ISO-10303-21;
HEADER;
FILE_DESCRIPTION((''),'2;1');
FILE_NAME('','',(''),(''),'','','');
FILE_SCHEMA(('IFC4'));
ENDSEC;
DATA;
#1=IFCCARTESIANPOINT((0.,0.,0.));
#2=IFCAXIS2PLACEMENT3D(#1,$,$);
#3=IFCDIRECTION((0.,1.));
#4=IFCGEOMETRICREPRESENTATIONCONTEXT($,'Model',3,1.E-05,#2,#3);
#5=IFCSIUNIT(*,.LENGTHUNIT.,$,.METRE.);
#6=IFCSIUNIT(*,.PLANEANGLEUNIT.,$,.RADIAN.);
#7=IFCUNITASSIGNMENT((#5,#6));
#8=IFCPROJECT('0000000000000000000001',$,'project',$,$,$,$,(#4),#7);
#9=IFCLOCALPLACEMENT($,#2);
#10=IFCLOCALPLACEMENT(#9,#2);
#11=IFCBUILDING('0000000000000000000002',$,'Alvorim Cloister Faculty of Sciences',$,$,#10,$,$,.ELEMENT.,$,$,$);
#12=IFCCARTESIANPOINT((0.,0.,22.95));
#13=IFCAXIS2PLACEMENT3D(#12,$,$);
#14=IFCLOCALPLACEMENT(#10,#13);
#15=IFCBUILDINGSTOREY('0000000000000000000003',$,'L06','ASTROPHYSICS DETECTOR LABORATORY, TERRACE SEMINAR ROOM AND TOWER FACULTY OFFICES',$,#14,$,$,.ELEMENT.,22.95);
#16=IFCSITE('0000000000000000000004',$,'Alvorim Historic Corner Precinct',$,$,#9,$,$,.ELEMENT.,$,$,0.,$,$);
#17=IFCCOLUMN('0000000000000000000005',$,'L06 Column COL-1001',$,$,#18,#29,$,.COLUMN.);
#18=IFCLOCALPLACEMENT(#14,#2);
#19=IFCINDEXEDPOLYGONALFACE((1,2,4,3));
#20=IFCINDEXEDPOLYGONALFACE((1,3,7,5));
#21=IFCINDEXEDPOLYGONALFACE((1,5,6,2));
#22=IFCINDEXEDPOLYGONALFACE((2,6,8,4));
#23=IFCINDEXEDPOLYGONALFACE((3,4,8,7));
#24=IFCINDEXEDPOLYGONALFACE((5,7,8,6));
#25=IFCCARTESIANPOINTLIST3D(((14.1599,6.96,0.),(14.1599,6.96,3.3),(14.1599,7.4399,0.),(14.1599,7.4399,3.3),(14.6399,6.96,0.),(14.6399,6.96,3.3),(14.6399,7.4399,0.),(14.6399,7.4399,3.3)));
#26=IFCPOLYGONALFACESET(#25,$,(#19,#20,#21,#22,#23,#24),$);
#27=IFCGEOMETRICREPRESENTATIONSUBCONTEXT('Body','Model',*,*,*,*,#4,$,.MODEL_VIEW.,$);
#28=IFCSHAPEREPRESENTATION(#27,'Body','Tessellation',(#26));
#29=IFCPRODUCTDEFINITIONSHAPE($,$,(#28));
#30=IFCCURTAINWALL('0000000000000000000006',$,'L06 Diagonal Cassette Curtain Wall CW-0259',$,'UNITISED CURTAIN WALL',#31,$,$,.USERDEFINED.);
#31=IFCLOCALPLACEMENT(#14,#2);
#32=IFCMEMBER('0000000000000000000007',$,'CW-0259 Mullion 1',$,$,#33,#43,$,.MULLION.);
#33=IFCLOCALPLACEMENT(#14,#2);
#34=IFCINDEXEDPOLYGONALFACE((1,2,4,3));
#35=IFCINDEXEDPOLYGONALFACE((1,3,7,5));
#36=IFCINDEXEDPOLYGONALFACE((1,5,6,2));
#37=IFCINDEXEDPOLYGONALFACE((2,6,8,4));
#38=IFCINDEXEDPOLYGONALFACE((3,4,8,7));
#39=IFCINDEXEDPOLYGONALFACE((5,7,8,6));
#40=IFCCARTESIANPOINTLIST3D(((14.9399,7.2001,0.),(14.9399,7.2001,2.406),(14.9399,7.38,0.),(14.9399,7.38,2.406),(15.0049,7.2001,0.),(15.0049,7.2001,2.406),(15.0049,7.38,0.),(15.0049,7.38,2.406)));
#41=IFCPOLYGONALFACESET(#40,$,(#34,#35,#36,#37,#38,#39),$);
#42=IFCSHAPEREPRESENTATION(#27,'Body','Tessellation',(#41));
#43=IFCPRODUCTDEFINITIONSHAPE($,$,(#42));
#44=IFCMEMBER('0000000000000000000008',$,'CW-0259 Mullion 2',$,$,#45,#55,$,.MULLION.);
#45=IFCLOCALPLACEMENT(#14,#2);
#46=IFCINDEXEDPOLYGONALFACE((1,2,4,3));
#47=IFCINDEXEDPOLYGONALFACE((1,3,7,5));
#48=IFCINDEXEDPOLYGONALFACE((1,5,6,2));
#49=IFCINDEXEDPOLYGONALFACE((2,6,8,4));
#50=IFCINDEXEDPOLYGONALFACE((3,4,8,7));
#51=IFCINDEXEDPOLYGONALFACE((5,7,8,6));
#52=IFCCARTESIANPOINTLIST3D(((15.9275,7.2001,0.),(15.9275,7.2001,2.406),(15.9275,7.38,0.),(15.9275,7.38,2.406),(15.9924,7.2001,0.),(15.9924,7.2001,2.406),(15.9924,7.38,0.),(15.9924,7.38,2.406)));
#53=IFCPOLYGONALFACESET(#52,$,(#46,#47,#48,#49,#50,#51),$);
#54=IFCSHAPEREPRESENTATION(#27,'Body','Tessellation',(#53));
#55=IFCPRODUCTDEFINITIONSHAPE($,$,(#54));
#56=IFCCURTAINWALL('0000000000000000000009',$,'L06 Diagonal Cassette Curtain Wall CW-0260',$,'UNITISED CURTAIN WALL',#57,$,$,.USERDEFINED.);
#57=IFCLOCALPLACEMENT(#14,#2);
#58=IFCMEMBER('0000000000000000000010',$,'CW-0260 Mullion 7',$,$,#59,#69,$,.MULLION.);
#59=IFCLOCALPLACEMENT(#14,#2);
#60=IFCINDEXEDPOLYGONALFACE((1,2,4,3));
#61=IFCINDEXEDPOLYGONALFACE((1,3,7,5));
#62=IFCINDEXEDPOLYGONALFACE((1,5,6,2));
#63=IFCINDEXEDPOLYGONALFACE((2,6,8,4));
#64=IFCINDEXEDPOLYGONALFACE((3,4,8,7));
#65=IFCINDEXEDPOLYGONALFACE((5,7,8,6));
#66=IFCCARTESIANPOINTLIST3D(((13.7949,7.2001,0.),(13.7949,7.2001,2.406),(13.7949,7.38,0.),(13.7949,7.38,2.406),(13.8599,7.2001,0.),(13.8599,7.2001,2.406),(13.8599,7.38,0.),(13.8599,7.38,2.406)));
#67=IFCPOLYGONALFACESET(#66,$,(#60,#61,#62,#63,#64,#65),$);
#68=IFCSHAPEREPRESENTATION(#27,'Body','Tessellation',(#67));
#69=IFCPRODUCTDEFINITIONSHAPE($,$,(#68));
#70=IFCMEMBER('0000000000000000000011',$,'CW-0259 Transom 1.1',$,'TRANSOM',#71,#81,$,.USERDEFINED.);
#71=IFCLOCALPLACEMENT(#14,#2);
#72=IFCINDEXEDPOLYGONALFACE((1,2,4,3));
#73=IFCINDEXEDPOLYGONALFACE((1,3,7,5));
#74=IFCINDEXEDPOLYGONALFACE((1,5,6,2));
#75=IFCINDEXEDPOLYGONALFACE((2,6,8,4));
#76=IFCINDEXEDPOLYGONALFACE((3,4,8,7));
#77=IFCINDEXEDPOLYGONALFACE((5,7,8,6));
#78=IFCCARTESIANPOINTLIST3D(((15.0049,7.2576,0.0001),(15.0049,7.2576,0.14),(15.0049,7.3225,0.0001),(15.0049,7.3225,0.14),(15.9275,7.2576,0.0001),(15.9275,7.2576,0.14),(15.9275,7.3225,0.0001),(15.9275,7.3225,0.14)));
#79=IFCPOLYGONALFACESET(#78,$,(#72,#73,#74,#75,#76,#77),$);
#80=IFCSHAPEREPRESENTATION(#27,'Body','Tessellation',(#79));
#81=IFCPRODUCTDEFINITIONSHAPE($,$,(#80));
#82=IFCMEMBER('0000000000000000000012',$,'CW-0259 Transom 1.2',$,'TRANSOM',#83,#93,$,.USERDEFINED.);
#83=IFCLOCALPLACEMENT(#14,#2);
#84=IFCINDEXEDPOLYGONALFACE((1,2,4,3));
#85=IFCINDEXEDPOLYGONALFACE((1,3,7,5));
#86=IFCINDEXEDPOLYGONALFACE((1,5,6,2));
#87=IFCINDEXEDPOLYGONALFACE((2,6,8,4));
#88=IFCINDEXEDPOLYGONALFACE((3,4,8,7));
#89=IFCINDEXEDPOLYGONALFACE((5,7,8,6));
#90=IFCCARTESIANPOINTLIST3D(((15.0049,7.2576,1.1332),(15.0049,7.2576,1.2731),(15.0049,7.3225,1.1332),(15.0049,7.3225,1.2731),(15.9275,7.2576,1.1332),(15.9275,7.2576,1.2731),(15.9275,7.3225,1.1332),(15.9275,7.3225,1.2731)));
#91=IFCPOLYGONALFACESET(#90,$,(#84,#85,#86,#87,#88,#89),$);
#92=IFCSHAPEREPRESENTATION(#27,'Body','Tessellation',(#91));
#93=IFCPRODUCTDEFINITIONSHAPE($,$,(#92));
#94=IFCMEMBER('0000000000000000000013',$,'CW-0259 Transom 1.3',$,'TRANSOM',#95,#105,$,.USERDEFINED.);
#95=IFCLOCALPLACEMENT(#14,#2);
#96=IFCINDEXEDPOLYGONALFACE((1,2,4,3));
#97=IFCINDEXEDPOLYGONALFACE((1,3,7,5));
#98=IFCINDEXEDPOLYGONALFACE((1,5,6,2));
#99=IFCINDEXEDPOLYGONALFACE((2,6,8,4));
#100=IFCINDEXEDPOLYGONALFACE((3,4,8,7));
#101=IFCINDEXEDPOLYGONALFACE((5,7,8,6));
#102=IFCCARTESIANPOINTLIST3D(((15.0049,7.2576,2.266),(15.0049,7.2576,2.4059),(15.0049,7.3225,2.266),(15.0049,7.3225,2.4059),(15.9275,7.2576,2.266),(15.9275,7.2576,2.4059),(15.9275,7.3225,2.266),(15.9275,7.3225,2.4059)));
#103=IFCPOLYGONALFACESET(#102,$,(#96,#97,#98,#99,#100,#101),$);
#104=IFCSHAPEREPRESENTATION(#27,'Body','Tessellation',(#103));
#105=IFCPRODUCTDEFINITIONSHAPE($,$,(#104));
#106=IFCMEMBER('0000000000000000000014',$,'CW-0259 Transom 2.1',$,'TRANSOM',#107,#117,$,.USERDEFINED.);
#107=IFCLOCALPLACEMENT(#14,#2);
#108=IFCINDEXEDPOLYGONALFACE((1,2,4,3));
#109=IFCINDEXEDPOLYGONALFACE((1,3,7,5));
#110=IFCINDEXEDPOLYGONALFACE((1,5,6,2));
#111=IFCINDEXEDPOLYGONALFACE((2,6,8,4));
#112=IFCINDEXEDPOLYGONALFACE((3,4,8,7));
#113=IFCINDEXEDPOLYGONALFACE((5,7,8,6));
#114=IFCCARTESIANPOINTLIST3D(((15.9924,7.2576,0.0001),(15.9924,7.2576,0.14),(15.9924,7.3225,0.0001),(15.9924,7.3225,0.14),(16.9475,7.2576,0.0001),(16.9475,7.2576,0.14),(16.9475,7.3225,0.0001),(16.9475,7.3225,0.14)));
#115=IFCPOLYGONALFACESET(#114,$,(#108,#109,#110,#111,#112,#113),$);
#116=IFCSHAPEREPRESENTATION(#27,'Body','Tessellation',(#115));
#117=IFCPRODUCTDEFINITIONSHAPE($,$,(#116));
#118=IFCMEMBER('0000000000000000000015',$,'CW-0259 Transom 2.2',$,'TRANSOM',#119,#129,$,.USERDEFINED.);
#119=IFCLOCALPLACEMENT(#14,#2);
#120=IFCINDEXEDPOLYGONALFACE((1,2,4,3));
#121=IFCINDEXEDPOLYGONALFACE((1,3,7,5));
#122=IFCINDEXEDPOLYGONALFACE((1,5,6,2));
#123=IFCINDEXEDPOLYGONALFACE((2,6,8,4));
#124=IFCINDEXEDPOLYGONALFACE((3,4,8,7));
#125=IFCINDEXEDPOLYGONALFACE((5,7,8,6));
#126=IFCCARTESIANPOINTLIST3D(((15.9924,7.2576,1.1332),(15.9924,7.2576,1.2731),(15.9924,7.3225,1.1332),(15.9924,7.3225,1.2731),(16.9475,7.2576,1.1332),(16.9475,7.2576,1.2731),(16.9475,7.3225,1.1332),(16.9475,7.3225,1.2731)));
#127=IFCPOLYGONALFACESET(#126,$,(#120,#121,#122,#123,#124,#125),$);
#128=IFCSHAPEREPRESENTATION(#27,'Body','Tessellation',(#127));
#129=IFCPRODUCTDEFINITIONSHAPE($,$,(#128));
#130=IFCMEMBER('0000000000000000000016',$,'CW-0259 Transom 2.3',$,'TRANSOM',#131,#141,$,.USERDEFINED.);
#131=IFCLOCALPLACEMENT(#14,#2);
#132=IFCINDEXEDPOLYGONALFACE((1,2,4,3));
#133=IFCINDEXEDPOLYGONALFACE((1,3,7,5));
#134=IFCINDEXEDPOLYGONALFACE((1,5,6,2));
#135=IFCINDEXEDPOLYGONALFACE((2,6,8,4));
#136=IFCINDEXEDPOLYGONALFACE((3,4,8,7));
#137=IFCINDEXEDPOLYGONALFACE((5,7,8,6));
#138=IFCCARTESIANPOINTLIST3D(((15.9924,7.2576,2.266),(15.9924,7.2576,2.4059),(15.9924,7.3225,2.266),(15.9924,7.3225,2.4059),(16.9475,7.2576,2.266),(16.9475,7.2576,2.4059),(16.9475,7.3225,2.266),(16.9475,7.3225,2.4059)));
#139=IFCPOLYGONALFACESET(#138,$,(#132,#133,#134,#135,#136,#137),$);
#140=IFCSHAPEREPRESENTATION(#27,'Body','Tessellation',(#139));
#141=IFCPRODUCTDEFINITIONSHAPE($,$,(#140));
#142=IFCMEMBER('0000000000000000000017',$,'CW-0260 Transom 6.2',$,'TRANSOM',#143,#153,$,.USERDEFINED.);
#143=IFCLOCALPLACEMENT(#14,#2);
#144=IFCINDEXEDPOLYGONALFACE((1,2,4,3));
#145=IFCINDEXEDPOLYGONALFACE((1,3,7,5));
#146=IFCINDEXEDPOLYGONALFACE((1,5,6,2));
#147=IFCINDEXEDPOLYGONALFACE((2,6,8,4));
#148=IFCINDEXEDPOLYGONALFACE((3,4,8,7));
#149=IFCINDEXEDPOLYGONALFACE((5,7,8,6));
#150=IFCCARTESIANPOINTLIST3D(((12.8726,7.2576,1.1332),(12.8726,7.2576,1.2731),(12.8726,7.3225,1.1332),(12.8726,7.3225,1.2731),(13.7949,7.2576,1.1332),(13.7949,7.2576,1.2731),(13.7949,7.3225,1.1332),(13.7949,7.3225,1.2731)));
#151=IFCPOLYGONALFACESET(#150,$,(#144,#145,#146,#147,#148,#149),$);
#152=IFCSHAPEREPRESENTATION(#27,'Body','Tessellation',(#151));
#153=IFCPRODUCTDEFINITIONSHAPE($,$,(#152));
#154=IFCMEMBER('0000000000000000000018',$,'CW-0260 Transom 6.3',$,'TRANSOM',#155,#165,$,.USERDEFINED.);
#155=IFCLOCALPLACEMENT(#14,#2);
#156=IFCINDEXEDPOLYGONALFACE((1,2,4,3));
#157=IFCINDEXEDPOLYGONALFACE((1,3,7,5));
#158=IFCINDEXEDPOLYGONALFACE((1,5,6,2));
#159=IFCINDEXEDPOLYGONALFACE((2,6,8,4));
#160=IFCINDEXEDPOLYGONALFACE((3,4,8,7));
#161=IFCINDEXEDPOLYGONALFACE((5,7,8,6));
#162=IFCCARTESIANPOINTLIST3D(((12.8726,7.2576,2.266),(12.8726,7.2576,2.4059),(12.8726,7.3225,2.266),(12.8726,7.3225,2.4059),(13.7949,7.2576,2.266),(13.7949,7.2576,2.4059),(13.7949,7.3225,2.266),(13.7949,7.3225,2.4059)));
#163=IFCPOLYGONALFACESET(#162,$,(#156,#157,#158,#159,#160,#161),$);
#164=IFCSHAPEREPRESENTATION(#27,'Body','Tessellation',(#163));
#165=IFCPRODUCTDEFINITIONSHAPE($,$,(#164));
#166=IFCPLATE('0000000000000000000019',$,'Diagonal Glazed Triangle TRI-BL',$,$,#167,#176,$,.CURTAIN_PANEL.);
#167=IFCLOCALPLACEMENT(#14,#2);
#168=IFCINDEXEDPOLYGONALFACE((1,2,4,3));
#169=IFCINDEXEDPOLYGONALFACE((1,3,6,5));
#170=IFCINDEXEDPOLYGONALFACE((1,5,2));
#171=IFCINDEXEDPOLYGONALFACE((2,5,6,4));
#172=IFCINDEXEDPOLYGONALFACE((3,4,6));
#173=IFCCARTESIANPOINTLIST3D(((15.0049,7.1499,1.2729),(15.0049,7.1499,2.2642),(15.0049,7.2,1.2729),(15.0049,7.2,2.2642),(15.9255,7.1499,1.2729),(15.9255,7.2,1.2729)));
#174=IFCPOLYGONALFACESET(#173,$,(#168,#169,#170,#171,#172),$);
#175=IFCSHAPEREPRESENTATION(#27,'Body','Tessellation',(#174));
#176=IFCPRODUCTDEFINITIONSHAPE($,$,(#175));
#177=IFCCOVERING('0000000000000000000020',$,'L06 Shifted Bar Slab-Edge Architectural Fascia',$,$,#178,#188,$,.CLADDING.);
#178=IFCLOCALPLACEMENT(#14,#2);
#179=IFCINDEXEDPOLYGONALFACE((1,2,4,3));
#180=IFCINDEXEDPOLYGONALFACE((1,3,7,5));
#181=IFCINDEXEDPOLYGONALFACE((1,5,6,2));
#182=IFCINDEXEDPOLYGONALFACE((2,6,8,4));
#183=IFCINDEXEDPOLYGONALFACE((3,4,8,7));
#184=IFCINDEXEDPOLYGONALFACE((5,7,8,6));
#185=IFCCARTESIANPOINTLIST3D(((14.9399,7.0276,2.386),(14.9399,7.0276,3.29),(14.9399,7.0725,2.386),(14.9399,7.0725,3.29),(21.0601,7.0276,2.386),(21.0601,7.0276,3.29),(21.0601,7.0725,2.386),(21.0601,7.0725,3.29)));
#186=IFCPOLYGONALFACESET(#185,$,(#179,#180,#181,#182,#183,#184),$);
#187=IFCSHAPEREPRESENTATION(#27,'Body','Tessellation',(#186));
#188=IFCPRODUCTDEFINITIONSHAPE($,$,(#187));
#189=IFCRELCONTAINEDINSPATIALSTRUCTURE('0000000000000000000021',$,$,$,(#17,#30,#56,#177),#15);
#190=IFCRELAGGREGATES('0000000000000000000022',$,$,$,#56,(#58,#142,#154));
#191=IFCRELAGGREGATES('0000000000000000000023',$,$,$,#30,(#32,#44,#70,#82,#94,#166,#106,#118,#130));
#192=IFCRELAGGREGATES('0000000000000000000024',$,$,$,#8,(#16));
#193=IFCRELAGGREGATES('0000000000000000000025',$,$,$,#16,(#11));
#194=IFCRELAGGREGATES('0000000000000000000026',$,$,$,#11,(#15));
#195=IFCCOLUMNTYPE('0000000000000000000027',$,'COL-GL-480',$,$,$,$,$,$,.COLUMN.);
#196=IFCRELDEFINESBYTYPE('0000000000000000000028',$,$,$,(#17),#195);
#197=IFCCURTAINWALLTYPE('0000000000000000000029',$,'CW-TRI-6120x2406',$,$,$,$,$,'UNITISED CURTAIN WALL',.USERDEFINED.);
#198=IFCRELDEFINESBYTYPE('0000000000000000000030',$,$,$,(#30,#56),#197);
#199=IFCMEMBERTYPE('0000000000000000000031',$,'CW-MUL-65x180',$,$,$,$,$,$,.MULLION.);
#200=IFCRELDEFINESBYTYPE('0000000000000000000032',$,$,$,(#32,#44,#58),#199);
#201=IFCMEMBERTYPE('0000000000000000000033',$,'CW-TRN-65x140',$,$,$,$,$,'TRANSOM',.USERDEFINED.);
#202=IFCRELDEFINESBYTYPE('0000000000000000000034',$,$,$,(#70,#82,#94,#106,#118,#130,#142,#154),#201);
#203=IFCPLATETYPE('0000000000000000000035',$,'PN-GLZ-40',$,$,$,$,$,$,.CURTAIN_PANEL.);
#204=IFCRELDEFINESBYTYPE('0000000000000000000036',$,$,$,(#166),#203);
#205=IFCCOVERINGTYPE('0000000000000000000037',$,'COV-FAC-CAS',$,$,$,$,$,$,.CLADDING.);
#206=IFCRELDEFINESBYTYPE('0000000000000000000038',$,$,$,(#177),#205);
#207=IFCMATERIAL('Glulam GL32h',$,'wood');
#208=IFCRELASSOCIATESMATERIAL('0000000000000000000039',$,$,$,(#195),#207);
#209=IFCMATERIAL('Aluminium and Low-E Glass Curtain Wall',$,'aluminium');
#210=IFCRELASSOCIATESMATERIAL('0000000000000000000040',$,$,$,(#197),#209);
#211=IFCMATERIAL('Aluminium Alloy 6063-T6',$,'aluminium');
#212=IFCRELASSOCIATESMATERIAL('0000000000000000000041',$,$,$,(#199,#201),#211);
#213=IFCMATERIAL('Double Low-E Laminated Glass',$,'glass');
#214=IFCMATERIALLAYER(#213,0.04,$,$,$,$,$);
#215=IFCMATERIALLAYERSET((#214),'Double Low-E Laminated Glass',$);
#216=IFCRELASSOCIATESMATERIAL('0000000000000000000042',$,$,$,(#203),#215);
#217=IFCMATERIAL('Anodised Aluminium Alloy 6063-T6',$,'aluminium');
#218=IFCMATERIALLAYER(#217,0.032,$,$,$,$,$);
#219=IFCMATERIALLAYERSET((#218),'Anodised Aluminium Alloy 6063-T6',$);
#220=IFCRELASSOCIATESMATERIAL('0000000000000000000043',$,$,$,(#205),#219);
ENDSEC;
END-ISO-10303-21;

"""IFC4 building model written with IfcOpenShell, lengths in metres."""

from ifc_helpers import new_model, si_unit, direction, frame, origin, origin_2d, place, context, subcontext, project, spatial, polyline, rectangle, outline, extrude, material, layer, layer_set, material_profile, profile_set, type_object, element, aggregate, save


model = new_model("IFC4")

# Units and contexts
model_context = context("Model", 3, precision=1e-05, world=origin(), true_north=direction((0.0, 1.0)))
body_context = subcontext(model_context, "Body", "Model", "MODEL_VIEW")
ifc_project = project(units=[si_unit("LENGTHUNIT", "METRE"), si_unit("PLANEANGLEUNIT", "RADIAN")], contexts=[model_context])

# Site, building, storey
site_placement = place(None, origin())
site = spatial("IfcSite", under=ifc_project, at=site_placement, Name="Alvorim Historic Corner Precinct", CompositionType="ELEMENT", RefElevation=0.0)
building_placement = place(site_placement, origin())
building = spatial("IfcBuilding", under=site, at=building_placement, Name="Alvorim Cloister Faculty of Sciences", CompositionType="ELEMENT")
storey_placement = place(building_placement, frame((0.0, 0.0, 22.95)))
storey = spatial("IfcBuildingStorey", under=building, at=storey_placement, Name="L06", Description="ASTROPHYSICS DETECTOR LABORATORY, TERRACE SEMINAR ROOM AND TOWER FACULTY OFFICES", CompositionType="ELEMENT", Elevation=22.95)

# Column
ifc_material_1 = material(Name="Glulam GL32h", Category="wood")
ifc_material_profile_1 = material_profile(ifc_material_1, rectangle(XDim=0.48, YDim=0.48, at=origin_2d()), Name="GL32-COL-480x480")
ifc_profile_set_1 = profile_set([ifc_material_profile_1], Name="Glulam GL32h")
column_type = type_object("IfcColumnType", Name="COL-GL-480", PredefinedType="COLUMN", material=ifc_profile_set_1)
column_placement = place(storey_placement, frame((14.3999, 7.2, 0.0), z_axis=(0.0, 0.0, 1.0), x_axis=(1.0, 0.0, 0.0)))
element("IfcColumn", 1, at=column_placement, inside=storey, type_object=column_type, Name="L06 Column COL-1001", PredefinedType="COLUMN", context=body_context, shape_type="SweptSolid", body=[
    extrude(rectangle(XDim=0.48, YDim=0.48, at=origin_2d()), origin(), (0.0, 0.0, 1.0), 3.3),
])

# Curtain wall, members
ifc_material_2 = material(Name="Aluminium and Low-E Glass Curtain Wall", Category="aluminium")
curtain_wall_type = type_object("IfcCurtainWallType", Name="CW-TRI-6120x2406", ElementType="UNITISED CURTAIN WALL", PredefinedType="USERDEFINED", material=ifc_material_2)
curtain_wall_1_placement = place(storey_placement, origin())
curtain_wall_1 = element("IfcCurtainWall", 2, at=curtain_wall_1_placement, inside=storey, type_object=curtain_wall_type, Name="L06 Diagonal Cassette Curtain Wall CW-0259", ObjectType="UNITISED CURTAIN WALL", PredefinedType="USERDEFINED")
ifc_material_3 = material(Name="Aluminium Alloy 6063-T6", Category="aluminium")
ifc_material_profile_2 = material_profile(ifc_material_3, rectangle(XDim=0.0649, YDim=0.1799, at=origin_2d()), Name="ALU-MUL-65x180")
ifc_profile_set_2 = profile_set([ifc_material_profile_2], Name="Aluminium Alloy 6063-T6")
member_type_1 = type_object("IfcMemberType", Name="CW-MUL-65x180", PredefinedType="MULLION", material=ifc_profile_set_2)
member_1_placement = place(storey_placement, frame((14.9724, 7.29, 0.0), z_axis=(0.0, 0.0, 1.0), x_axis=(1.0, 0.0, 0.0)))
member_1 = element("IfcMember", 3, at=member_1_placement, type_object=member_type_1, Name="CW-0259 Mullion 1", PredefinedType="MULLION", context=body_context, shape_type="SweptSolid", body=[
    extrude(rectangle(XDim=0.0649, YDim=0.1799, at=origin_2d()), origin(), (0.0, 0.0, 1.0), 2.406),
])
member_2_placement = place(storey_placement, frame((15.96, 7.29, 0.0), z_axis=(0.0, 0.0, 1.0), x_axis=(1.0, 0.0, 0.0)))
member_2 = element("IfcMember", 4, at=member_2_placement, type_object=member_type_1, Name="CW-0259 Mullion 2", PredefinedType="MULLION", context=body_context, shape_type="SweptSolid", body=[
    extrude(rectangle(XDim=0.0649, YDim=0.1799, at=origin_2d()), origin(), (0.0, 0.0, 1.0), 2.406),
])

# Curtain wall, member
curtain_wall_2_placement = place(storey_placement, origin())
curtain_wall_2 = element("IfcCurtainWall", 5, at=curtain_wall_2_placement, inside=storey, type_object=curtain_wall_type, Name="L06 Diagonal Cassette Curtain Wall CW-0260", ObjectType="UNITISED CURTAIN WALL", PredefinedType="USERDEFINED")
member_3_placement = place(storey_placement, frame((13.8274, 7.29, 0.0), z_axis=(0.0, 0.0, 1.0), x_axis=(1.0, 0.0, 0.0)))
member_3 = element("IfcMember", 6, at=member_3_placement, type_object=member_type_1, Name="CW-0260 Mullion 7", PredefinedType="MULLION", context=body_context, shape_type="SweptSolid", body=[
    extrude(rectangle(XDim=0.0649, YDim=0.1799, at=origin_2d()), origin(), (0.0, 0.0, 1.0), 2.406),
])

# Members
ifc_material_profile_3 = material_profile(ifc_material_3, rectangle(XDim=0.0649, YDim=0.1399, at=origin_2d()), Name="ALU-TRN-65x140")
ifc_profile_set_3 = profile_set([ifc_material_profile_3], Name="Aluminium Alloy 6063-T6")
member_type_2 = type_object("IfcMemberType", Name="CW-TRN-65x140", ElementType="TRANSOM", PredefinedType="USERDEFINED", material=ifc_profile_set_3)
member_4_placement = place(storey_placement, frame((15.0049, 7.29, 0.0701), z_axis=(1.0, 0.0, 0.0), x_axis=(0.0, 1.0, 0.0)))
member_4 = element("IfcMember", 7, at=member_4_placement, type_object=member_type_2, Name="CW-0259 Transom 1.1", ObjectType="TRANSOM", PredefinedType="USERDEFINED", context=body_context, shape_type="SweptSolid", body=[
    extrude(rectangle(XDim=0.0649, YDim=0.1399, at=origin_2d()), origin(), (0.0, 0.0, 1.0), 0.9226),
])
member_5_placement = place(storey_placement, frame((15.0049, 7.29, 1.2031), z_axis=(1.0, 0.0, 0.0), x_axis=(0.0, 1.0, 0.0)))
member_5 = element("IfcMember", 8, at=member_5_placement, type_object=member_type_2, Name="CW-0259 Transom 1.2", ObjectType="TRANSOM", PredefinedType="USERDEFINED", context=body_context, shape_type="SweptSolid", body=[
    extrude(rectangle(XDim=0.0649, YDim=0.1399, at=origin_2d()), origin(), (0.0, 0.0, 1.0), 0.9226),
])
member_6_placement = place(storey_placement, frame((15.0049, 7.29, 2.3359), z_axis=(1.0, 0.0, 0.0), x_axis=(0.0, 1.0, 0.0)))
member_6 = element("IfcMember", 9, at=member_6_placement, type_object=member_type_2, Name="CW-0259 Transom 1.3", ObjectType="TRANSOM", PredefinedType="USERDEFINED", context=body_context, shape_type="SweptSolid", body=[
    extrude(rectangle(XDim=0.0649, YDim=0.1399, at=origin_2d()), origin(), (0.0, 0.0, 1.0), 0.9226),
])
member_7_placement = place(storey_placement, frame((15.9924, 7.29, 0.0701), z_axis=(1.0, 0.0, 0.0), x_axis=(0.0, 1.0, 0.0)))
member_7 = element("IfcMember", 10, at=member_7_placement, type_object=member_type_2, Name="CW-0259 Transom 2.1", ObjectType="TRANSOM", PredefinedType="USERDEFINED", context=body_context, shape_type="SweptSolid", body=[
    extrude(rectangle(XDim=0.0649, YDim=0.1399, at=origin_2d()), origin(), (0.0, 0.0, 1.0), 0.9551),
])
member_8_placement = place(storey_placement, frame((15.9924, 7.29, 1.2031), z_axis=(1.0, 0.0, 0.0), x_axis=(0.0, 1.0, 0.0)))
member_8 = element("IfcMember", 11, at=member_8_placement, type_object=member_type_2, Name="CW-0259 Transom 2.2", ObjectType="TRANSOM", PredefinedType="USERDEFINED", context=body_context, shape_type="SweptSolid", body=[
    extrude(rectangle(XDim=0.0649, YDim=0.1399, at=origin_2d()), origin(), (0.0, 0.0, 1.0), 0.9551),
])
member_9_placement = place(storey_placement, frame((15.9924, 7.29, 2.3359), z_axis=(1.0, 0.0, 0.0), x_axis=(0.0, 1.0, 0.0)))
member_9 = element("IfcMember", 12, at=member_9_placement, type_object=member_type_2, Name="CW-0259 Transom 2.3", ObjectType="TRANSOM", PredefinedType="USERDEFINED", context=body_context, shape_type="SweptSolid", body=[
    extrude(rectangle(XDim=0.0649, YDim=0.1399, at=origin_2d()), origin(), (0.0, 0.0, 1.0), 0.9551),
])
member_10_placement = place(storey_placement, frame((12.8726, 7.29, 1.2031), z_axis=(1.0, 0.0, 0.0), x_axis=(0.0, 1.0, 0.0)))
member_10 = element("IfcMember", 13, at=member_10_placement, type_object=member_type_2, Name="CW-0260 Transom 6.2", ObjectType="TRANSOM", PredefinedType="USERDEFINED", context=body_context, shape_type="SweptSolid", body=[
    extrude(rectangle(XDim=0.0649, YDim=0.1399, at=origin_2d()), origin(), (0.0, 0.0, 1.0), 0.9224),
])
member_11_placement = place(storey_placement, frame((12.8726, 7.29, 2.3359), z_axis=(1.0, 0.0, 0.0), x_axis=(0.0, 1.0, 0.0)))
member_11 = element("IfcMember", 14, at=member_11_placement, type_object=member_type_2, Name="CW-0260 Transom 6.3", ObjectType="TRANSOM", PredefinedType="USERDEFINED", context=body_context, shape_type="SweptSolid", body=[
    extrude(rectangle(XDim=0.0649, YDim=0.1399, at=origin_2d()), origin(), (0.0, 0.0, 1.0), 0.9224),
])
aggregate(curtain_wall_2, [member_3, member_10, member_11])

# Plate
ifc_material_4 = material(Name="Double Low-E Laminated Glass", Category="glass")
ifc_layer_1 = layer(ifc_material_4, 0.04)
ifc_layer_set_1 = layer_set([ifc_layer_1], Name="Double Low-E Laminated Glass")
plate_type = type_object("IfcPlateType", Name="PN-GLZ-40", PredefinedType="CURTAIN_PANEL", material=ifc_layer_set_1)
plate_1_placement = place(storey_placement, frame((15.0049, 7.175, 1.2729), z_axis=(0.0, 0.0, 1.0), x_axis=(1.0, 0.0, 0.0)))
plate_1 = element("IfcPlate", 15, at=plate_1_placement, type_object=plate_type, Name="Diagonal Glazed Triangle TRI-BL", PredefinedType="CURTAIN_PANEL", context=body_context, shape_type="SweptSolid", body=[
    extrude(outline(polyline([(0.0, 0.0), (0.9207, 0.0), (0.0, 0.9912), (0.0, 0.0)])), frame((0.0, 0.0249, 0.0), z_axis=(0.0, -1.0, 0.0), x_axis=(1.0, 0.0, 0.0)), (0.0, 0.0, 1.0), 0.05),
])
aggregate(curtain_wall_1, [member_1, member_2, member_4, member_5, member_6, plate_1, member_7, member_8, member_9])

# Covering
ifc_material_5 = material(Name="Anodised Aluminium Alloy 6063-T6", Category="aluminium")
ifc_layer_2 = layer(ifc_material_5, 0.032)
ifc_layer_set_2 = layer_set([ifc_layer_2], Name="Anodised Aluminium Alloy 6063-T6")
covering_type = type_object("IfcCoveringType", Name="COV-FAC-CAS", PredefinedType="CLADDING", material=ifc_layer_set_2)
covering_placement = place(storey_placement, frame((14.9399, 7.05, 2.386), z_axis=(0.0, 0.0, 1.0), x_axis=(1.0, 0.0, 0.0)))
element("IfcCovering", 16, at=covering_placement, inside=storey, type_object=covering_type, Name="L06 Shifted Bar Slab-Edge Architectural Fascia", PredefinedType="CLADDING", context=body_context, shape_type="SweptSolid", body=[
    extrude(outline(polyline([(0.0, 0.0), (6.1201, 0.0), (6.1201, 0.9041), (0.0, 0.9041), (0.0, 0.0)])), frame((0.0, 0.0225, 0.0), z_axis=(0.0, -1.0, 0.0), x_axis=(1.0, 0.0, 0.0)), (0.0, 0.0, 1.0), 0.0449),
])

save(model, "model.ifc")
